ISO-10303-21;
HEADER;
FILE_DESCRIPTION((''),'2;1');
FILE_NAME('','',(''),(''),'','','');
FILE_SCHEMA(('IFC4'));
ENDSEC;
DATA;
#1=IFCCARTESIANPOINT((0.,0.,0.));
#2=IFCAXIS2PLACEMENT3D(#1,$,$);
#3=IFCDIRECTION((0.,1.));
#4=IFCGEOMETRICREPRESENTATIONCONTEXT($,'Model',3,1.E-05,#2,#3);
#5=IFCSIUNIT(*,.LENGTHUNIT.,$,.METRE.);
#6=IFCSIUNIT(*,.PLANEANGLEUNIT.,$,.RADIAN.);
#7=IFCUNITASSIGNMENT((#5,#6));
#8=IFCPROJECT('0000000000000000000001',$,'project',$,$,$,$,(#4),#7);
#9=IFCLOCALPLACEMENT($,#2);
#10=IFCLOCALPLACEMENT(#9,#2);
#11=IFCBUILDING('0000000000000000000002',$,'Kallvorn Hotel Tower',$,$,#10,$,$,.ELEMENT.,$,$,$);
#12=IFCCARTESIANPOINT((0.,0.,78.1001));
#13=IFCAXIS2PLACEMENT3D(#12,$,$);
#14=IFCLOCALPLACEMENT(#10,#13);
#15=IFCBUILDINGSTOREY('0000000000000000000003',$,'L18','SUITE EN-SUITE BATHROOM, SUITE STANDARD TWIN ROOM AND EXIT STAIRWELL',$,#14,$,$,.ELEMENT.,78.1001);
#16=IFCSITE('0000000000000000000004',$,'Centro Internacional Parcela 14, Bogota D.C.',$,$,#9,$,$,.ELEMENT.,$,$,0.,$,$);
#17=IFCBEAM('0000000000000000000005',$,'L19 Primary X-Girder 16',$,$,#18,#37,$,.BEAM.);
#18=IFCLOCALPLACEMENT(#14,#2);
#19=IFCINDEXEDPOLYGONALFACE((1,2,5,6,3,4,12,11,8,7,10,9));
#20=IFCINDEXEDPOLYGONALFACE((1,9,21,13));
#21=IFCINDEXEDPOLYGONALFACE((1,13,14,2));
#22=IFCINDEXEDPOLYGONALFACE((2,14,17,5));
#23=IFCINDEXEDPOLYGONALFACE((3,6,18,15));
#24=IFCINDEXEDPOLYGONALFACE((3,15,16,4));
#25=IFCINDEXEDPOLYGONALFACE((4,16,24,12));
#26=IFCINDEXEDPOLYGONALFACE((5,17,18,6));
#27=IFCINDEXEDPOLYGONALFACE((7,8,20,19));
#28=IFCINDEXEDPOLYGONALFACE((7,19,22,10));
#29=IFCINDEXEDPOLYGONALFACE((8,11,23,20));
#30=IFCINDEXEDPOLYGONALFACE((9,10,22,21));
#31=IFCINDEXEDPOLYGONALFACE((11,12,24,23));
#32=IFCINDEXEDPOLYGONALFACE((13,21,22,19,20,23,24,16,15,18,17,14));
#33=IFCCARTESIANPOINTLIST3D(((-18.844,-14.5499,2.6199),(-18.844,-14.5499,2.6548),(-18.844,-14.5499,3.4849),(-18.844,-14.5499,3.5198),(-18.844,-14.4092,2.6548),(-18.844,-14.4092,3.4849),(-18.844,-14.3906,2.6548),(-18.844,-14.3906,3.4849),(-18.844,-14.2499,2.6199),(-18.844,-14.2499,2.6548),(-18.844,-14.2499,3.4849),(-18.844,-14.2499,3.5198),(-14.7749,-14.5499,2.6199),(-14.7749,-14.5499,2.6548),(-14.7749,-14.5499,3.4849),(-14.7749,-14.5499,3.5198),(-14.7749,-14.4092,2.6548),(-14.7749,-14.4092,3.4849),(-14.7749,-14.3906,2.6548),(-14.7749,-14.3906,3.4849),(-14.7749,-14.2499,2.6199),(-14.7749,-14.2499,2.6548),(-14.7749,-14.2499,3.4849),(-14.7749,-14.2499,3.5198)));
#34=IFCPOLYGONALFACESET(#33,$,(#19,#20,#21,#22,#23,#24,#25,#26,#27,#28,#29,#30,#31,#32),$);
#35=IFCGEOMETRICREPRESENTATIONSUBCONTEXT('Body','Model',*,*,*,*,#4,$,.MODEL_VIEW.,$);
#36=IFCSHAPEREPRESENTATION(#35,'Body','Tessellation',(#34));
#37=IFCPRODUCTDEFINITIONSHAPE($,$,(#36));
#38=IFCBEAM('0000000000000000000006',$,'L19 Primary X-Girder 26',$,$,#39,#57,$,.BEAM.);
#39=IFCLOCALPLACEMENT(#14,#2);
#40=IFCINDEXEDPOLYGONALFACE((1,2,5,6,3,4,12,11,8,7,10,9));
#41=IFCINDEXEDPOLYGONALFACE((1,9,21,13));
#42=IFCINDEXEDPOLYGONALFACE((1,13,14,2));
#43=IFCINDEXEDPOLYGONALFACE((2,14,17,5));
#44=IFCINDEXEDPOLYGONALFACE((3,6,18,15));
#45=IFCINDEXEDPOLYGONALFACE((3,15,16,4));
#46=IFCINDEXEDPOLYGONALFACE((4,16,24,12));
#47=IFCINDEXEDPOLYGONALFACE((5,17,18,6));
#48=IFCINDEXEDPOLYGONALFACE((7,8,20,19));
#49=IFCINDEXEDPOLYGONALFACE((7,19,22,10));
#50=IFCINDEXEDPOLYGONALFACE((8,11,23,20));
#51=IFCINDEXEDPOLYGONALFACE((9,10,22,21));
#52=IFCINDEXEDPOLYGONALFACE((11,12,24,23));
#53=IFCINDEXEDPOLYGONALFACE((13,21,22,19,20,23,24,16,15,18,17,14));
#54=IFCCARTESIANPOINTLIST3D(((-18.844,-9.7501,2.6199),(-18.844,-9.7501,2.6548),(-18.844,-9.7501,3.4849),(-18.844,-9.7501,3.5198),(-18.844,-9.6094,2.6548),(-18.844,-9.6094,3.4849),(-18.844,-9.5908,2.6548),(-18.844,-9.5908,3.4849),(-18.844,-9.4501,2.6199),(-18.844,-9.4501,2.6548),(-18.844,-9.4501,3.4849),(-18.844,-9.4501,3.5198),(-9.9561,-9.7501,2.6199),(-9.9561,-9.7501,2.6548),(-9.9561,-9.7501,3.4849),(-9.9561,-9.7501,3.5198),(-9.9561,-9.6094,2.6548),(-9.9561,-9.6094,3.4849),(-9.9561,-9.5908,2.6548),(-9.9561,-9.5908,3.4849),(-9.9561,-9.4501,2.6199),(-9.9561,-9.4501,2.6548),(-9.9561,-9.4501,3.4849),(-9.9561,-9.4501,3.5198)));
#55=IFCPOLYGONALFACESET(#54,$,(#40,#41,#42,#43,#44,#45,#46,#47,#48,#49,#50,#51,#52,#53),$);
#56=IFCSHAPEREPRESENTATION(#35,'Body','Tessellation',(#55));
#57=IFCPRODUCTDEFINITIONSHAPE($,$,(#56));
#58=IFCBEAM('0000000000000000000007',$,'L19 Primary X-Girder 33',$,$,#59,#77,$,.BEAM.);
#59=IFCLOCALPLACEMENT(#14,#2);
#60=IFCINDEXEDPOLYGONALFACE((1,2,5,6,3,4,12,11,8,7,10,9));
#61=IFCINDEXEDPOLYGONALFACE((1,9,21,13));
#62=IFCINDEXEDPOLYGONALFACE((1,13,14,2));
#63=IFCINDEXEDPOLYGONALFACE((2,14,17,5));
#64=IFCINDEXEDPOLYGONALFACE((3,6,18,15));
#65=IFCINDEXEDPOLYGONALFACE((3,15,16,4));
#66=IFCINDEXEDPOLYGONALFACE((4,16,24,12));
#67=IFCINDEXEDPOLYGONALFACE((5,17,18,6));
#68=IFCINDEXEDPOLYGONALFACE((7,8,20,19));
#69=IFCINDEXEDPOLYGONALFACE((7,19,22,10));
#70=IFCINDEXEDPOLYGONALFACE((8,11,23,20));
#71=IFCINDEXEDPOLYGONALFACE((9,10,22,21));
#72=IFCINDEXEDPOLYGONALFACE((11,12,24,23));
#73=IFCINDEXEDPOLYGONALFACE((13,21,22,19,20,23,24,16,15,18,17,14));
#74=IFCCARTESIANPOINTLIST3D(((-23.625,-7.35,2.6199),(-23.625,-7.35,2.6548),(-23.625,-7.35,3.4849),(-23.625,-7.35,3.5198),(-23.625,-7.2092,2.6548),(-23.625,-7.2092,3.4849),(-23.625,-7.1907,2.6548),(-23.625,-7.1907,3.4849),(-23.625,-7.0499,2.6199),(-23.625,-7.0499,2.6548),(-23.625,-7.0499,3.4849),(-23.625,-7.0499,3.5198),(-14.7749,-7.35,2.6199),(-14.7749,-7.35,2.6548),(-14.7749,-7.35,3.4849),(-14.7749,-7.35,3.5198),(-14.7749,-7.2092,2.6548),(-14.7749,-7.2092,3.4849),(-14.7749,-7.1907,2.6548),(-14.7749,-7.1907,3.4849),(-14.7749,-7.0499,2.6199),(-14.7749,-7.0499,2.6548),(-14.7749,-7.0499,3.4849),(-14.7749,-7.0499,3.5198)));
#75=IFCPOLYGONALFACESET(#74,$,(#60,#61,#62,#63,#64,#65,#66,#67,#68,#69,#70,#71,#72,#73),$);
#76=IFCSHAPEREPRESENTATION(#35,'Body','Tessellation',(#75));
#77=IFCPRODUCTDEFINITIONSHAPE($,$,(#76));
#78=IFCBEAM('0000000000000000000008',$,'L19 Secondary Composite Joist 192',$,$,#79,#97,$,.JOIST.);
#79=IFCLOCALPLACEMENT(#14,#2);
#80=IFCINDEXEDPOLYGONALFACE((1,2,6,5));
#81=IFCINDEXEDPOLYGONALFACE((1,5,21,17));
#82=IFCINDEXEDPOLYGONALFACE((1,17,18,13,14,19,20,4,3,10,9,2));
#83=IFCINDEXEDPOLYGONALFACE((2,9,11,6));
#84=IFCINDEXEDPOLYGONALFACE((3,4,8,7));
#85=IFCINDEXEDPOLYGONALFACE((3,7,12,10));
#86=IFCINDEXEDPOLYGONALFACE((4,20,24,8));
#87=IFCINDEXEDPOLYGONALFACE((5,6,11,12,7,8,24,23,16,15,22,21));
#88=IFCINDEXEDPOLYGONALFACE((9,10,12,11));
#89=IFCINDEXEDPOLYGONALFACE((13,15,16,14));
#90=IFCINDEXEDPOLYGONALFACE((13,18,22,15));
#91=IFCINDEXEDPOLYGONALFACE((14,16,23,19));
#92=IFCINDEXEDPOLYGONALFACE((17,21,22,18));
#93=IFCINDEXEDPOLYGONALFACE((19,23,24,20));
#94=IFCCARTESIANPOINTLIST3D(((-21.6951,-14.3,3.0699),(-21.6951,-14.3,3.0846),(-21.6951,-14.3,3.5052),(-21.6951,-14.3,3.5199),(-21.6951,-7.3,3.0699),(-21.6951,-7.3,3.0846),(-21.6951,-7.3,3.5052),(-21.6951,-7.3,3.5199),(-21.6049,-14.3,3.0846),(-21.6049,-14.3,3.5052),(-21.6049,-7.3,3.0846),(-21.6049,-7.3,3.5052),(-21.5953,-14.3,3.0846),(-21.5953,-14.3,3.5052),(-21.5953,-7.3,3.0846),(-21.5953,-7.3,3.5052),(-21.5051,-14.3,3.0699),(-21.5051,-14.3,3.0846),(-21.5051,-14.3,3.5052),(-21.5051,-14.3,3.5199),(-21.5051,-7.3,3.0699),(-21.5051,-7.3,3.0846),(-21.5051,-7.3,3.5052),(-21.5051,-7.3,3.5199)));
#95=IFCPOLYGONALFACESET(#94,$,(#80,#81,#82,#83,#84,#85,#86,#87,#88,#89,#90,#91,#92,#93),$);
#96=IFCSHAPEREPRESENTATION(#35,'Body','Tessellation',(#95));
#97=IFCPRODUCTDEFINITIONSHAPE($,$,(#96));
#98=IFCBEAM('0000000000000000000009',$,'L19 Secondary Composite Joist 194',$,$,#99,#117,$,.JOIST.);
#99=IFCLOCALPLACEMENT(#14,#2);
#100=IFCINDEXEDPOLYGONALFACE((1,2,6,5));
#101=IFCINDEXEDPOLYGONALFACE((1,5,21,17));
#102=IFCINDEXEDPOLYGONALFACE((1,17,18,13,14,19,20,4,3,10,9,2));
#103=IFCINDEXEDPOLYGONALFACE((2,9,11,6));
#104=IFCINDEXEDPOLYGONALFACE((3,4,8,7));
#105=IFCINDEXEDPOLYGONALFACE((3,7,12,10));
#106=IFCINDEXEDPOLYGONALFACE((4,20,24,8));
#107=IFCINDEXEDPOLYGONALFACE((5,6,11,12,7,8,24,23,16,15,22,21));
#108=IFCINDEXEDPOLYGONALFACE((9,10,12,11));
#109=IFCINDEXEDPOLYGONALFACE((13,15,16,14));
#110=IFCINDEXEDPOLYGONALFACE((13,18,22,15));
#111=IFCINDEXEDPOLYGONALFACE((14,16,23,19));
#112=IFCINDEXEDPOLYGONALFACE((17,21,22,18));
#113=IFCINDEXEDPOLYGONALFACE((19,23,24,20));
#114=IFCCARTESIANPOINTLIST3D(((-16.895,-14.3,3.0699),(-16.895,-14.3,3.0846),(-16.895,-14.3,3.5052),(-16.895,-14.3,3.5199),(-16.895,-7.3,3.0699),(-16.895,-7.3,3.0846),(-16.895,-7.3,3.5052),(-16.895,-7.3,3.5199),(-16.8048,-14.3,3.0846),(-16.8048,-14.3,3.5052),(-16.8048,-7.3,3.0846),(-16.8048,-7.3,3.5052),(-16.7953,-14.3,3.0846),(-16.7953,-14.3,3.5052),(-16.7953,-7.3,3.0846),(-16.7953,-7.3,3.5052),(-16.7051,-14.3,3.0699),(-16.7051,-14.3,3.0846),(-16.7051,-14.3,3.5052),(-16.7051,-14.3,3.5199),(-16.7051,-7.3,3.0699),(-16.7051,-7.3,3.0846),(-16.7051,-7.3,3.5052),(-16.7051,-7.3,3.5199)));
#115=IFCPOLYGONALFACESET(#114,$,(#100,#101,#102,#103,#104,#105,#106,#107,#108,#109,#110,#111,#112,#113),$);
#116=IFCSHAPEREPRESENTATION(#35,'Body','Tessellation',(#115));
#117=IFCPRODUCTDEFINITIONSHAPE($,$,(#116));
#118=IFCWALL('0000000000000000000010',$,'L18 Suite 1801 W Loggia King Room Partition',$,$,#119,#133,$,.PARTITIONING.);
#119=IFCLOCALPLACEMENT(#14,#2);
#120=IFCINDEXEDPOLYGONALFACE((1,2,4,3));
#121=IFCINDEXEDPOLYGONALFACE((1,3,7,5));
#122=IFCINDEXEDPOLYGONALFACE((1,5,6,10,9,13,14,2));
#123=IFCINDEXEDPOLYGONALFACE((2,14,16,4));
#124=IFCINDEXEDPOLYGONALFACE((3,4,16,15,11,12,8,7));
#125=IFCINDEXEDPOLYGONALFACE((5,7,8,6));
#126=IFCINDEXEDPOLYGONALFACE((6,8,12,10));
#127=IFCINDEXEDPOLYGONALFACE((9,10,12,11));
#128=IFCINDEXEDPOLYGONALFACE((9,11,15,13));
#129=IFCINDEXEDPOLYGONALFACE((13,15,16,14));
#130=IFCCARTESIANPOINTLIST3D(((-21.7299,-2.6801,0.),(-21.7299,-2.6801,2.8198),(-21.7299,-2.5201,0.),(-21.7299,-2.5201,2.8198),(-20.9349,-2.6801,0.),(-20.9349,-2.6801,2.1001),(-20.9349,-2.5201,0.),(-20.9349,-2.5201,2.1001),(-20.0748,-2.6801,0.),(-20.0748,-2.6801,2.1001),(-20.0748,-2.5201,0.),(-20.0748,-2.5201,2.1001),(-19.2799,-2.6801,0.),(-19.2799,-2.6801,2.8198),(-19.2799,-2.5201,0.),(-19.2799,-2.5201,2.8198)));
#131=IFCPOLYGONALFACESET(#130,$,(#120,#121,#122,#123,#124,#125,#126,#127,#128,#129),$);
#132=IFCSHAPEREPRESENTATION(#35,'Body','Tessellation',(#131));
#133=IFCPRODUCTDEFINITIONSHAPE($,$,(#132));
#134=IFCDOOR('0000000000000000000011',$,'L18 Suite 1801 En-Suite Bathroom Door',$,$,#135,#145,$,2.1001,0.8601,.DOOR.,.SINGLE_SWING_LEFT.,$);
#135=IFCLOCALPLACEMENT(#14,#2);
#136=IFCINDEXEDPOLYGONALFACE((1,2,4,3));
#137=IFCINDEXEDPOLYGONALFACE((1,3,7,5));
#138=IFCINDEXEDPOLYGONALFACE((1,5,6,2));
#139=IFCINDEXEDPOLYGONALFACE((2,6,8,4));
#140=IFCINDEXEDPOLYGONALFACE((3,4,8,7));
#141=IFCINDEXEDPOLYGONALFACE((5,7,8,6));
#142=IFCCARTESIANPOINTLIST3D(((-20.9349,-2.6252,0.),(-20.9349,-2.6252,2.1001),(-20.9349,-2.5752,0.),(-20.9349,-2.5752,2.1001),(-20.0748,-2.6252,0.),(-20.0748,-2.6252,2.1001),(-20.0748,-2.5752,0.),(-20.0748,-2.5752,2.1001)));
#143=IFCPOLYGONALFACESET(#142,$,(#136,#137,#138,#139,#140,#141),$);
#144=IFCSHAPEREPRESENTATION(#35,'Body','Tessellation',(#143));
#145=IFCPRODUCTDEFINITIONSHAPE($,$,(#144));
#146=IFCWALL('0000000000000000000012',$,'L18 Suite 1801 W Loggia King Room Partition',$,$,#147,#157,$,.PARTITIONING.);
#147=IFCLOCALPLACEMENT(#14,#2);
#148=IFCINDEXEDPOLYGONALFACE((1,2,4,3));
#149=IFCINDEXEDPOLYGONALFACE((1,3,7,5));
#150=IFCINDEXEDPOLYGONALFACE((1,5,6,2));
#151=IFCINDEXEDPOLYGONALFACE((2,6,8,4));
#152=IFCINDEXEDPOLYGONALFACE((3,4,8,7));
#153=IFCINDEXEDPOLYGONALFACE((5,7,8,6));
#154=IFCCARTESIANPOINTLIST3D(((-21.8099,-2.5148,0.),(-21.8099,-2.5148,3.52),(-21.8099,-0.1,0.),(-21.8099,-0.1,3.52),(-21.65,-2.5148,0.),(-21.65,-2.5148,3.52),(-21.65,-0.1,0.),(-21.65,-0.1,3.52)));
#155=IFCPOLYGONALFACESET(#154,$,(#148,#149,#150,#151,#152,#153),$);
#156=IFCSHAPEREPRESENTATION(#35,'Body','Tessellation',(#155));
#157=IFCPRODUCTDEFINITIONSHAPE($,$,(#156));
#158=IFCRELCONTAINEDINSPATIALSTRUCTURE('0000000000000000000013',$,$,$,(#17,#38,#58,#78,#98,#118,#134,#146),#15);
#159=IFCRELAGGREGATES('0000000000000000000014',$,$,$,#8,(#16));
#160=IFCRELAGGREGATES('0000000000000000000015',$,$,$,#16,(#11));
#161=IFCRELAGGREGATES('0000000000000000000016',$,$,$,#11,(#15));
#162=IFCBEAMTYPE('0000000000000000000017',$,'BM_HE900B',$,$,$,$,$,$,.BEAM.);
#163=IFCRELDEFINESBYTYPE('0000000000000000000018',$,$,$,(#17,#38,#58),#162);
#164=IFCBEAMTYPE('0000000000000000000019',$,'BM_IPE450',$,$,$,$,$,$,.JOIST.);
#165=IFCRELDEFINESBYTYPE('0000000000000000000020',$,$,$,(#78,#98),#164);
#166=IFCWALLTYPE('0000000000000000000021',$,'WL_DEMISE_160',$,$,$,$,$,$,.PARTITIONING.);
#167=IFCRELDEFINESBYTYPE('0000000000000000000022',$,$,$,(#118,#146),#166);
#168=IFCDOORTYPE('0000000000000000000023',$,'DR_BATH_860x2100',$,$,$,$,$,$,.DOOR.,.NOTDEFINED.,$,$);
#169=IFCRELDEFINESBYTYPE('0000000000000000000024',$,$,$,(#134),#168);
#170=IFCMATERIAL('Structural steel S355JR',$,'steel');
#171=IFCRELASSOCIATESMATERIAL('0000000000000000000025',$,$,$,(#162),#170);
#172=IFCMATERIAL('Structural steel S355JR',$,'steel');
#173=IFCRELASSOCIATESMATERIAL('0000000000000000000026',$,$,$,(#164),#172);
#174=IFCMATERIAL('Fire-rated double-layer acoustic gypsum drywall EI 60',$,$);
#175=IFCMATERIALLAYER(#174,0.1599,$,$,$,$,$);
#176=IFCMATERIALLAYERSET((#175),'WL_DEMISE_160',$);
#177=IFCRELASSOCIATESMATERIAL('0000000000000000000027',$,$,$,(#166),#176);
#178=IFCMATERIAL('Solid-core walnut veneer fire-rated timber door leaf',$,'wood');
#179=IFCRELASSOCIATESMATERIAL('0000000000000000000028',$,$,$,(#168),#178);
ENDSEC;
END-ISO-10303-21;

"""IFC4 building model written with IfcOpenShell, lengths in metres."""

from ifc_helpers import new_model, si_unit, direction, frame, frame_2d, origin, origin_2d, place, context, subcontext, project, spatial, rectangle, i_section, extrude, material, layer, layer_set, material_profile, profile_set, type_object, element, fill, save


model = new_model("IFC4")

# Units and contexts
model_context = context("Model", 3, precision=1e-05, world=origin(), true_north=direction((0.0, 1.0)))
body_context = subcontext(model_context, "Body", "Model", "MODEL_VIEW")
ifc_project = project(units=[si_unit("LENGTHUNIT", "METRE"), si_unit("PLANEANGLEUNIT", "RADIAN")], contexts=[model_context])

# Site, building, storey
site_placement = place(None, origin())
site = spatial("IfcSite", under=ifc_project, at=site_placement, Name="Centro Internacional Parcela 14, Bogota D.C.", CompositionType="ELEMENT", RefElevation=0.0)
building_placement = place(site_placement, origin())
building = spatial("IfcBuilding", under=site, at=building_placement, Name="Kallvorn Hotel Tower", CompositionType="ELEMENT")
storey_placement = place(building_placement, frame((0.0, 0.0, 78.1001)))
storey = spatial("IfcBuildingStorey", under=building, at=storey_placement, Name="L18", Description="SUITE EN-SUITE BATHROOM, SUITE STANDARD TWIN ROOM AND EXIT STAIRWELL", CompositionType="ELEMENT", Elevation=78.1001)

# Beams
ifc_material_1 = material(Name="Structural steel S355JR", Category="steel")
ifc_material_profile_1 = material_profile(ifc_material_1, i_section(OverallWidth=0.3, OverallDepth=0.8999, WebThickness=0.0186, FlangeThickness=0.0349, at=origin_2d()), Name="HE 900 B")
ifc_profile_set_1 = profile_set([ifc_material_profile_1], Name="Structural steel S355JR")
beam_type_1 = type_object("IfcBeamType", Name="BM_HE900B", PredefinedType="BEAM", material=ifc_profile_set_1)
beam_1_placement = place(storey_placement, frame((-18.844, -14.3999, 3.0698), z_axis=(1.0, 0.0, 0.0), x_axis=(0.0, 1.0, 0.0)))
element("IfcBeam", 1, at=beam_1_placement, inside=storey, type_object=beam_type_1, Name="L19 Primary X-Girder 16", PredefinedType="BEAM", context=body_context, shape_type="SweptSolid", body=[
    extrude(i_section(OverallWidth=0.3, OverallDepth=0.8999, WebThickness=0.0186, FlangeThickness=0.0349, at=origin_2d()), origin(), (0.0, 0.0, 1.0), 4.0691),
])
beam_2_placement = place(storey_placement, frame((-18.844, -9.6001, 3.0698), z_axis=(1.0, 0.0, 0.0), x_axis=(0.0, 1.0, 0.0)))
element("IfcBeam", 2, at=beam_2_placement, inside=storey, type_object=beam_type_1, Name="L19 Primary X-Girder 26", PredefinedType="BEAM", context=body_context, shape_type="SweptSolid", body=[
    extrude(i_section(OverallWidth=0.3, OverallDepth=0.8999, WebThickness=0.0186, FlangeThickness=0.0349, at=origin_2d()), origin(), (0.0, 0.0, 1.0), 8.8879),
])
beam_3_placement = place(storey_placement, frame((-23.625, -7.2, 3.0698), z_axis=(1.0, 0.0, 0.0), x_axis=(0.0, 1.0, 0.0)))
element("IfcBeam", 3, at=beam_3_placement, inside=storey, type_object=beam_type_1, Name="L19 Primary X-Girder 33", PredefinedType="BEAM", context=body_context, shape_type="SweptSolid", body=[
    extrude(i_section(OverallWidth=0.3, OverallDepth=0.8999, WebThickness=0.0186, FlangeThickness=0.0349, at=origin_2d()), origin(), (0.0, 0.0, 1.0), 8.8501),
])
ifc_material_2 = material(Name="Structural steel S355JR", Category="steel")
ifc_material_profile_2 = material_profile(ifc_material_2, i_section(OverallWidth=0.1899, OverallDepth=0.45, WebThickness=0.0095, FlangeThickness=0.0146, at=origin_2d()), Name="IPE 450")
ifc_profile_set_2 = profile_set([ifc_material_profile_2], Name="Structural steel S355JR")
beam_type_2 = type_object("IfcBeamType", Name="BM_IPE450", PredefinedType="JOIST", material=ifc_profile_set_2)
for number, where, z_axis, x_axis, name in (
    (4, (-21.6001, -14.3, 3.2949), (0.0, 1.0, 0.0), (-1.0, 0.0, 0.0), "L19 Secondary Composite Joist 192"),
    (5, (-16.8, -14.3, 3.2949), (0.0, 1.0, 0.0), (-1.0, 0.0, 0.0), "L19 Secondary Composite Joist 194"),
):
    element("IfcBeam", number, at=place(storey_placement, frame(where, z_axis=z_axis, x_axis=x_axis)), inside=storey, type_object=beam_type_2, Name=name, PredefinedType="JOIST", context=body_context, shape_type="SweptSolid", body=[
        extrude(i_section(OverallWidth=0.1899, OverallDepth=0.45, WebThickness=0.0095, FlangeThickness=0.0146, at=origin_2d()), origin(), (0.0, 0.0, 1.0), 7.0),
    ])

# Wall, opening, door
ifc_material_3 = material(Name="Fire-rated double-layer acoustic gypsum drywall EI 60")
ifc_layer = layer(ifc_material_3, 0.1599)
ifc_layer_set = layer_set([ifc_layer], Name="WL_DEMISE_160")
wall_type = type_object("IfcWallType", Name="WL_DEMISE_160", PredefinedType="PARTITIONING", material=ifc_layer_set)
wall_1_placement = place(storey_placement, frame((-21.73, -2.6001, 0.0), z_axis=(0.0, 0.0, 1.0), x_axis=(1.0, 0.0, 0.0)))
wall_1 = element("IfcWall", 6, at=wall_1_placement, inside=storey, type_object=wall_type, Name="L18 Suite 1801 W Loggia King Room Partition", PredefinedType="PARTITIONING", context=body_context, shape_type="SweptSolid", body=[
    extrude(rectangle(XDim=2.45, YDim=0.1599, at=frame_2d((1.2251, 0.0))), origin(), (0.0, 0.0, 1.0), 2.8198),
])
opening_1_placement = place(wall_1_placement, frame((0.7949, 0.0, 0.0)))
opening_1 = element("IfcOpeningElement", 7, at=opening_1_placement, cuts=wall_1, PredefinedType="OPENING", context=body_context, shape_type="SweptSolid", body=[
    extrude(rectangle(XDim=0.8601, YDim=2.1001, at=frame_2d((0.4302, 1.05))), frame((0.0, 0.095, 0.0), z_axis=(0.0, -1.0, 0.0), x_axis=(1.0, 0.0, 0.0)), (0.0, 0.0, 1.0), 0.1899),
])
ifc_material_4 = material(Name="Solid-core walnut veneer fire-rated timber door leaf", Category="wood")
door_type_1 = type_object("IfcDoorType", Name="DR_BATH_860x2100", OperationType="NOTDEFINED", PredefinedType="DOOR", material=ifc_material_4)
door_1_placement = place(opening_1_placement, origin())
door_1 = element("IfcDoor", 8, at=door_1_placement, inside=storey, type_object=door_type_1, Name="L18 Suite 1801 En-Suite Bathroom Door", OperationType="SINGLE_SWING_LEFT", OverallHeight=2.1001, OverallWidth=0.8601, PredefinedType="DOOR", context=body_context, shape_type="SweptSolid", body=[
    extrude(rectangle(XDim=0.8601, YDim=2.1001, at=frame_2d((0.4302, 1.05))), frame((0.0, 0.0249, 0.0), z_axis=(0.0, -1.0, 0.0), x_axis=(1.0, 0.0, 0.0)), (0.0, 0.0, 1.0), 0.05),
])
fill(opening_1, door_1)

# Wall
wall_2_placement = place(storey_placement, frame((-21.73, -2.5149, 0.0), z_axis=(0.0, 0.0, 1.0), x_axis=(0.0, 1.0, 0.0)))
element("IfcWall", 9, at=wall_2_placement, inside=storey, type_object=wall_type, Name="L18 Suite 1801 W Loggia King Room Partition", PredefinedType="PARTITIONING", context=body_context, shape_type="SweptSolid", body=[
    extrude(rectangle(XDim=2.4148, YDim=0.1599, at=frame_2d((1.2075, 0.0))), origin(), (0.0, 0.0, 1.0), 3.52),
])

save(model, "model.ifc")
